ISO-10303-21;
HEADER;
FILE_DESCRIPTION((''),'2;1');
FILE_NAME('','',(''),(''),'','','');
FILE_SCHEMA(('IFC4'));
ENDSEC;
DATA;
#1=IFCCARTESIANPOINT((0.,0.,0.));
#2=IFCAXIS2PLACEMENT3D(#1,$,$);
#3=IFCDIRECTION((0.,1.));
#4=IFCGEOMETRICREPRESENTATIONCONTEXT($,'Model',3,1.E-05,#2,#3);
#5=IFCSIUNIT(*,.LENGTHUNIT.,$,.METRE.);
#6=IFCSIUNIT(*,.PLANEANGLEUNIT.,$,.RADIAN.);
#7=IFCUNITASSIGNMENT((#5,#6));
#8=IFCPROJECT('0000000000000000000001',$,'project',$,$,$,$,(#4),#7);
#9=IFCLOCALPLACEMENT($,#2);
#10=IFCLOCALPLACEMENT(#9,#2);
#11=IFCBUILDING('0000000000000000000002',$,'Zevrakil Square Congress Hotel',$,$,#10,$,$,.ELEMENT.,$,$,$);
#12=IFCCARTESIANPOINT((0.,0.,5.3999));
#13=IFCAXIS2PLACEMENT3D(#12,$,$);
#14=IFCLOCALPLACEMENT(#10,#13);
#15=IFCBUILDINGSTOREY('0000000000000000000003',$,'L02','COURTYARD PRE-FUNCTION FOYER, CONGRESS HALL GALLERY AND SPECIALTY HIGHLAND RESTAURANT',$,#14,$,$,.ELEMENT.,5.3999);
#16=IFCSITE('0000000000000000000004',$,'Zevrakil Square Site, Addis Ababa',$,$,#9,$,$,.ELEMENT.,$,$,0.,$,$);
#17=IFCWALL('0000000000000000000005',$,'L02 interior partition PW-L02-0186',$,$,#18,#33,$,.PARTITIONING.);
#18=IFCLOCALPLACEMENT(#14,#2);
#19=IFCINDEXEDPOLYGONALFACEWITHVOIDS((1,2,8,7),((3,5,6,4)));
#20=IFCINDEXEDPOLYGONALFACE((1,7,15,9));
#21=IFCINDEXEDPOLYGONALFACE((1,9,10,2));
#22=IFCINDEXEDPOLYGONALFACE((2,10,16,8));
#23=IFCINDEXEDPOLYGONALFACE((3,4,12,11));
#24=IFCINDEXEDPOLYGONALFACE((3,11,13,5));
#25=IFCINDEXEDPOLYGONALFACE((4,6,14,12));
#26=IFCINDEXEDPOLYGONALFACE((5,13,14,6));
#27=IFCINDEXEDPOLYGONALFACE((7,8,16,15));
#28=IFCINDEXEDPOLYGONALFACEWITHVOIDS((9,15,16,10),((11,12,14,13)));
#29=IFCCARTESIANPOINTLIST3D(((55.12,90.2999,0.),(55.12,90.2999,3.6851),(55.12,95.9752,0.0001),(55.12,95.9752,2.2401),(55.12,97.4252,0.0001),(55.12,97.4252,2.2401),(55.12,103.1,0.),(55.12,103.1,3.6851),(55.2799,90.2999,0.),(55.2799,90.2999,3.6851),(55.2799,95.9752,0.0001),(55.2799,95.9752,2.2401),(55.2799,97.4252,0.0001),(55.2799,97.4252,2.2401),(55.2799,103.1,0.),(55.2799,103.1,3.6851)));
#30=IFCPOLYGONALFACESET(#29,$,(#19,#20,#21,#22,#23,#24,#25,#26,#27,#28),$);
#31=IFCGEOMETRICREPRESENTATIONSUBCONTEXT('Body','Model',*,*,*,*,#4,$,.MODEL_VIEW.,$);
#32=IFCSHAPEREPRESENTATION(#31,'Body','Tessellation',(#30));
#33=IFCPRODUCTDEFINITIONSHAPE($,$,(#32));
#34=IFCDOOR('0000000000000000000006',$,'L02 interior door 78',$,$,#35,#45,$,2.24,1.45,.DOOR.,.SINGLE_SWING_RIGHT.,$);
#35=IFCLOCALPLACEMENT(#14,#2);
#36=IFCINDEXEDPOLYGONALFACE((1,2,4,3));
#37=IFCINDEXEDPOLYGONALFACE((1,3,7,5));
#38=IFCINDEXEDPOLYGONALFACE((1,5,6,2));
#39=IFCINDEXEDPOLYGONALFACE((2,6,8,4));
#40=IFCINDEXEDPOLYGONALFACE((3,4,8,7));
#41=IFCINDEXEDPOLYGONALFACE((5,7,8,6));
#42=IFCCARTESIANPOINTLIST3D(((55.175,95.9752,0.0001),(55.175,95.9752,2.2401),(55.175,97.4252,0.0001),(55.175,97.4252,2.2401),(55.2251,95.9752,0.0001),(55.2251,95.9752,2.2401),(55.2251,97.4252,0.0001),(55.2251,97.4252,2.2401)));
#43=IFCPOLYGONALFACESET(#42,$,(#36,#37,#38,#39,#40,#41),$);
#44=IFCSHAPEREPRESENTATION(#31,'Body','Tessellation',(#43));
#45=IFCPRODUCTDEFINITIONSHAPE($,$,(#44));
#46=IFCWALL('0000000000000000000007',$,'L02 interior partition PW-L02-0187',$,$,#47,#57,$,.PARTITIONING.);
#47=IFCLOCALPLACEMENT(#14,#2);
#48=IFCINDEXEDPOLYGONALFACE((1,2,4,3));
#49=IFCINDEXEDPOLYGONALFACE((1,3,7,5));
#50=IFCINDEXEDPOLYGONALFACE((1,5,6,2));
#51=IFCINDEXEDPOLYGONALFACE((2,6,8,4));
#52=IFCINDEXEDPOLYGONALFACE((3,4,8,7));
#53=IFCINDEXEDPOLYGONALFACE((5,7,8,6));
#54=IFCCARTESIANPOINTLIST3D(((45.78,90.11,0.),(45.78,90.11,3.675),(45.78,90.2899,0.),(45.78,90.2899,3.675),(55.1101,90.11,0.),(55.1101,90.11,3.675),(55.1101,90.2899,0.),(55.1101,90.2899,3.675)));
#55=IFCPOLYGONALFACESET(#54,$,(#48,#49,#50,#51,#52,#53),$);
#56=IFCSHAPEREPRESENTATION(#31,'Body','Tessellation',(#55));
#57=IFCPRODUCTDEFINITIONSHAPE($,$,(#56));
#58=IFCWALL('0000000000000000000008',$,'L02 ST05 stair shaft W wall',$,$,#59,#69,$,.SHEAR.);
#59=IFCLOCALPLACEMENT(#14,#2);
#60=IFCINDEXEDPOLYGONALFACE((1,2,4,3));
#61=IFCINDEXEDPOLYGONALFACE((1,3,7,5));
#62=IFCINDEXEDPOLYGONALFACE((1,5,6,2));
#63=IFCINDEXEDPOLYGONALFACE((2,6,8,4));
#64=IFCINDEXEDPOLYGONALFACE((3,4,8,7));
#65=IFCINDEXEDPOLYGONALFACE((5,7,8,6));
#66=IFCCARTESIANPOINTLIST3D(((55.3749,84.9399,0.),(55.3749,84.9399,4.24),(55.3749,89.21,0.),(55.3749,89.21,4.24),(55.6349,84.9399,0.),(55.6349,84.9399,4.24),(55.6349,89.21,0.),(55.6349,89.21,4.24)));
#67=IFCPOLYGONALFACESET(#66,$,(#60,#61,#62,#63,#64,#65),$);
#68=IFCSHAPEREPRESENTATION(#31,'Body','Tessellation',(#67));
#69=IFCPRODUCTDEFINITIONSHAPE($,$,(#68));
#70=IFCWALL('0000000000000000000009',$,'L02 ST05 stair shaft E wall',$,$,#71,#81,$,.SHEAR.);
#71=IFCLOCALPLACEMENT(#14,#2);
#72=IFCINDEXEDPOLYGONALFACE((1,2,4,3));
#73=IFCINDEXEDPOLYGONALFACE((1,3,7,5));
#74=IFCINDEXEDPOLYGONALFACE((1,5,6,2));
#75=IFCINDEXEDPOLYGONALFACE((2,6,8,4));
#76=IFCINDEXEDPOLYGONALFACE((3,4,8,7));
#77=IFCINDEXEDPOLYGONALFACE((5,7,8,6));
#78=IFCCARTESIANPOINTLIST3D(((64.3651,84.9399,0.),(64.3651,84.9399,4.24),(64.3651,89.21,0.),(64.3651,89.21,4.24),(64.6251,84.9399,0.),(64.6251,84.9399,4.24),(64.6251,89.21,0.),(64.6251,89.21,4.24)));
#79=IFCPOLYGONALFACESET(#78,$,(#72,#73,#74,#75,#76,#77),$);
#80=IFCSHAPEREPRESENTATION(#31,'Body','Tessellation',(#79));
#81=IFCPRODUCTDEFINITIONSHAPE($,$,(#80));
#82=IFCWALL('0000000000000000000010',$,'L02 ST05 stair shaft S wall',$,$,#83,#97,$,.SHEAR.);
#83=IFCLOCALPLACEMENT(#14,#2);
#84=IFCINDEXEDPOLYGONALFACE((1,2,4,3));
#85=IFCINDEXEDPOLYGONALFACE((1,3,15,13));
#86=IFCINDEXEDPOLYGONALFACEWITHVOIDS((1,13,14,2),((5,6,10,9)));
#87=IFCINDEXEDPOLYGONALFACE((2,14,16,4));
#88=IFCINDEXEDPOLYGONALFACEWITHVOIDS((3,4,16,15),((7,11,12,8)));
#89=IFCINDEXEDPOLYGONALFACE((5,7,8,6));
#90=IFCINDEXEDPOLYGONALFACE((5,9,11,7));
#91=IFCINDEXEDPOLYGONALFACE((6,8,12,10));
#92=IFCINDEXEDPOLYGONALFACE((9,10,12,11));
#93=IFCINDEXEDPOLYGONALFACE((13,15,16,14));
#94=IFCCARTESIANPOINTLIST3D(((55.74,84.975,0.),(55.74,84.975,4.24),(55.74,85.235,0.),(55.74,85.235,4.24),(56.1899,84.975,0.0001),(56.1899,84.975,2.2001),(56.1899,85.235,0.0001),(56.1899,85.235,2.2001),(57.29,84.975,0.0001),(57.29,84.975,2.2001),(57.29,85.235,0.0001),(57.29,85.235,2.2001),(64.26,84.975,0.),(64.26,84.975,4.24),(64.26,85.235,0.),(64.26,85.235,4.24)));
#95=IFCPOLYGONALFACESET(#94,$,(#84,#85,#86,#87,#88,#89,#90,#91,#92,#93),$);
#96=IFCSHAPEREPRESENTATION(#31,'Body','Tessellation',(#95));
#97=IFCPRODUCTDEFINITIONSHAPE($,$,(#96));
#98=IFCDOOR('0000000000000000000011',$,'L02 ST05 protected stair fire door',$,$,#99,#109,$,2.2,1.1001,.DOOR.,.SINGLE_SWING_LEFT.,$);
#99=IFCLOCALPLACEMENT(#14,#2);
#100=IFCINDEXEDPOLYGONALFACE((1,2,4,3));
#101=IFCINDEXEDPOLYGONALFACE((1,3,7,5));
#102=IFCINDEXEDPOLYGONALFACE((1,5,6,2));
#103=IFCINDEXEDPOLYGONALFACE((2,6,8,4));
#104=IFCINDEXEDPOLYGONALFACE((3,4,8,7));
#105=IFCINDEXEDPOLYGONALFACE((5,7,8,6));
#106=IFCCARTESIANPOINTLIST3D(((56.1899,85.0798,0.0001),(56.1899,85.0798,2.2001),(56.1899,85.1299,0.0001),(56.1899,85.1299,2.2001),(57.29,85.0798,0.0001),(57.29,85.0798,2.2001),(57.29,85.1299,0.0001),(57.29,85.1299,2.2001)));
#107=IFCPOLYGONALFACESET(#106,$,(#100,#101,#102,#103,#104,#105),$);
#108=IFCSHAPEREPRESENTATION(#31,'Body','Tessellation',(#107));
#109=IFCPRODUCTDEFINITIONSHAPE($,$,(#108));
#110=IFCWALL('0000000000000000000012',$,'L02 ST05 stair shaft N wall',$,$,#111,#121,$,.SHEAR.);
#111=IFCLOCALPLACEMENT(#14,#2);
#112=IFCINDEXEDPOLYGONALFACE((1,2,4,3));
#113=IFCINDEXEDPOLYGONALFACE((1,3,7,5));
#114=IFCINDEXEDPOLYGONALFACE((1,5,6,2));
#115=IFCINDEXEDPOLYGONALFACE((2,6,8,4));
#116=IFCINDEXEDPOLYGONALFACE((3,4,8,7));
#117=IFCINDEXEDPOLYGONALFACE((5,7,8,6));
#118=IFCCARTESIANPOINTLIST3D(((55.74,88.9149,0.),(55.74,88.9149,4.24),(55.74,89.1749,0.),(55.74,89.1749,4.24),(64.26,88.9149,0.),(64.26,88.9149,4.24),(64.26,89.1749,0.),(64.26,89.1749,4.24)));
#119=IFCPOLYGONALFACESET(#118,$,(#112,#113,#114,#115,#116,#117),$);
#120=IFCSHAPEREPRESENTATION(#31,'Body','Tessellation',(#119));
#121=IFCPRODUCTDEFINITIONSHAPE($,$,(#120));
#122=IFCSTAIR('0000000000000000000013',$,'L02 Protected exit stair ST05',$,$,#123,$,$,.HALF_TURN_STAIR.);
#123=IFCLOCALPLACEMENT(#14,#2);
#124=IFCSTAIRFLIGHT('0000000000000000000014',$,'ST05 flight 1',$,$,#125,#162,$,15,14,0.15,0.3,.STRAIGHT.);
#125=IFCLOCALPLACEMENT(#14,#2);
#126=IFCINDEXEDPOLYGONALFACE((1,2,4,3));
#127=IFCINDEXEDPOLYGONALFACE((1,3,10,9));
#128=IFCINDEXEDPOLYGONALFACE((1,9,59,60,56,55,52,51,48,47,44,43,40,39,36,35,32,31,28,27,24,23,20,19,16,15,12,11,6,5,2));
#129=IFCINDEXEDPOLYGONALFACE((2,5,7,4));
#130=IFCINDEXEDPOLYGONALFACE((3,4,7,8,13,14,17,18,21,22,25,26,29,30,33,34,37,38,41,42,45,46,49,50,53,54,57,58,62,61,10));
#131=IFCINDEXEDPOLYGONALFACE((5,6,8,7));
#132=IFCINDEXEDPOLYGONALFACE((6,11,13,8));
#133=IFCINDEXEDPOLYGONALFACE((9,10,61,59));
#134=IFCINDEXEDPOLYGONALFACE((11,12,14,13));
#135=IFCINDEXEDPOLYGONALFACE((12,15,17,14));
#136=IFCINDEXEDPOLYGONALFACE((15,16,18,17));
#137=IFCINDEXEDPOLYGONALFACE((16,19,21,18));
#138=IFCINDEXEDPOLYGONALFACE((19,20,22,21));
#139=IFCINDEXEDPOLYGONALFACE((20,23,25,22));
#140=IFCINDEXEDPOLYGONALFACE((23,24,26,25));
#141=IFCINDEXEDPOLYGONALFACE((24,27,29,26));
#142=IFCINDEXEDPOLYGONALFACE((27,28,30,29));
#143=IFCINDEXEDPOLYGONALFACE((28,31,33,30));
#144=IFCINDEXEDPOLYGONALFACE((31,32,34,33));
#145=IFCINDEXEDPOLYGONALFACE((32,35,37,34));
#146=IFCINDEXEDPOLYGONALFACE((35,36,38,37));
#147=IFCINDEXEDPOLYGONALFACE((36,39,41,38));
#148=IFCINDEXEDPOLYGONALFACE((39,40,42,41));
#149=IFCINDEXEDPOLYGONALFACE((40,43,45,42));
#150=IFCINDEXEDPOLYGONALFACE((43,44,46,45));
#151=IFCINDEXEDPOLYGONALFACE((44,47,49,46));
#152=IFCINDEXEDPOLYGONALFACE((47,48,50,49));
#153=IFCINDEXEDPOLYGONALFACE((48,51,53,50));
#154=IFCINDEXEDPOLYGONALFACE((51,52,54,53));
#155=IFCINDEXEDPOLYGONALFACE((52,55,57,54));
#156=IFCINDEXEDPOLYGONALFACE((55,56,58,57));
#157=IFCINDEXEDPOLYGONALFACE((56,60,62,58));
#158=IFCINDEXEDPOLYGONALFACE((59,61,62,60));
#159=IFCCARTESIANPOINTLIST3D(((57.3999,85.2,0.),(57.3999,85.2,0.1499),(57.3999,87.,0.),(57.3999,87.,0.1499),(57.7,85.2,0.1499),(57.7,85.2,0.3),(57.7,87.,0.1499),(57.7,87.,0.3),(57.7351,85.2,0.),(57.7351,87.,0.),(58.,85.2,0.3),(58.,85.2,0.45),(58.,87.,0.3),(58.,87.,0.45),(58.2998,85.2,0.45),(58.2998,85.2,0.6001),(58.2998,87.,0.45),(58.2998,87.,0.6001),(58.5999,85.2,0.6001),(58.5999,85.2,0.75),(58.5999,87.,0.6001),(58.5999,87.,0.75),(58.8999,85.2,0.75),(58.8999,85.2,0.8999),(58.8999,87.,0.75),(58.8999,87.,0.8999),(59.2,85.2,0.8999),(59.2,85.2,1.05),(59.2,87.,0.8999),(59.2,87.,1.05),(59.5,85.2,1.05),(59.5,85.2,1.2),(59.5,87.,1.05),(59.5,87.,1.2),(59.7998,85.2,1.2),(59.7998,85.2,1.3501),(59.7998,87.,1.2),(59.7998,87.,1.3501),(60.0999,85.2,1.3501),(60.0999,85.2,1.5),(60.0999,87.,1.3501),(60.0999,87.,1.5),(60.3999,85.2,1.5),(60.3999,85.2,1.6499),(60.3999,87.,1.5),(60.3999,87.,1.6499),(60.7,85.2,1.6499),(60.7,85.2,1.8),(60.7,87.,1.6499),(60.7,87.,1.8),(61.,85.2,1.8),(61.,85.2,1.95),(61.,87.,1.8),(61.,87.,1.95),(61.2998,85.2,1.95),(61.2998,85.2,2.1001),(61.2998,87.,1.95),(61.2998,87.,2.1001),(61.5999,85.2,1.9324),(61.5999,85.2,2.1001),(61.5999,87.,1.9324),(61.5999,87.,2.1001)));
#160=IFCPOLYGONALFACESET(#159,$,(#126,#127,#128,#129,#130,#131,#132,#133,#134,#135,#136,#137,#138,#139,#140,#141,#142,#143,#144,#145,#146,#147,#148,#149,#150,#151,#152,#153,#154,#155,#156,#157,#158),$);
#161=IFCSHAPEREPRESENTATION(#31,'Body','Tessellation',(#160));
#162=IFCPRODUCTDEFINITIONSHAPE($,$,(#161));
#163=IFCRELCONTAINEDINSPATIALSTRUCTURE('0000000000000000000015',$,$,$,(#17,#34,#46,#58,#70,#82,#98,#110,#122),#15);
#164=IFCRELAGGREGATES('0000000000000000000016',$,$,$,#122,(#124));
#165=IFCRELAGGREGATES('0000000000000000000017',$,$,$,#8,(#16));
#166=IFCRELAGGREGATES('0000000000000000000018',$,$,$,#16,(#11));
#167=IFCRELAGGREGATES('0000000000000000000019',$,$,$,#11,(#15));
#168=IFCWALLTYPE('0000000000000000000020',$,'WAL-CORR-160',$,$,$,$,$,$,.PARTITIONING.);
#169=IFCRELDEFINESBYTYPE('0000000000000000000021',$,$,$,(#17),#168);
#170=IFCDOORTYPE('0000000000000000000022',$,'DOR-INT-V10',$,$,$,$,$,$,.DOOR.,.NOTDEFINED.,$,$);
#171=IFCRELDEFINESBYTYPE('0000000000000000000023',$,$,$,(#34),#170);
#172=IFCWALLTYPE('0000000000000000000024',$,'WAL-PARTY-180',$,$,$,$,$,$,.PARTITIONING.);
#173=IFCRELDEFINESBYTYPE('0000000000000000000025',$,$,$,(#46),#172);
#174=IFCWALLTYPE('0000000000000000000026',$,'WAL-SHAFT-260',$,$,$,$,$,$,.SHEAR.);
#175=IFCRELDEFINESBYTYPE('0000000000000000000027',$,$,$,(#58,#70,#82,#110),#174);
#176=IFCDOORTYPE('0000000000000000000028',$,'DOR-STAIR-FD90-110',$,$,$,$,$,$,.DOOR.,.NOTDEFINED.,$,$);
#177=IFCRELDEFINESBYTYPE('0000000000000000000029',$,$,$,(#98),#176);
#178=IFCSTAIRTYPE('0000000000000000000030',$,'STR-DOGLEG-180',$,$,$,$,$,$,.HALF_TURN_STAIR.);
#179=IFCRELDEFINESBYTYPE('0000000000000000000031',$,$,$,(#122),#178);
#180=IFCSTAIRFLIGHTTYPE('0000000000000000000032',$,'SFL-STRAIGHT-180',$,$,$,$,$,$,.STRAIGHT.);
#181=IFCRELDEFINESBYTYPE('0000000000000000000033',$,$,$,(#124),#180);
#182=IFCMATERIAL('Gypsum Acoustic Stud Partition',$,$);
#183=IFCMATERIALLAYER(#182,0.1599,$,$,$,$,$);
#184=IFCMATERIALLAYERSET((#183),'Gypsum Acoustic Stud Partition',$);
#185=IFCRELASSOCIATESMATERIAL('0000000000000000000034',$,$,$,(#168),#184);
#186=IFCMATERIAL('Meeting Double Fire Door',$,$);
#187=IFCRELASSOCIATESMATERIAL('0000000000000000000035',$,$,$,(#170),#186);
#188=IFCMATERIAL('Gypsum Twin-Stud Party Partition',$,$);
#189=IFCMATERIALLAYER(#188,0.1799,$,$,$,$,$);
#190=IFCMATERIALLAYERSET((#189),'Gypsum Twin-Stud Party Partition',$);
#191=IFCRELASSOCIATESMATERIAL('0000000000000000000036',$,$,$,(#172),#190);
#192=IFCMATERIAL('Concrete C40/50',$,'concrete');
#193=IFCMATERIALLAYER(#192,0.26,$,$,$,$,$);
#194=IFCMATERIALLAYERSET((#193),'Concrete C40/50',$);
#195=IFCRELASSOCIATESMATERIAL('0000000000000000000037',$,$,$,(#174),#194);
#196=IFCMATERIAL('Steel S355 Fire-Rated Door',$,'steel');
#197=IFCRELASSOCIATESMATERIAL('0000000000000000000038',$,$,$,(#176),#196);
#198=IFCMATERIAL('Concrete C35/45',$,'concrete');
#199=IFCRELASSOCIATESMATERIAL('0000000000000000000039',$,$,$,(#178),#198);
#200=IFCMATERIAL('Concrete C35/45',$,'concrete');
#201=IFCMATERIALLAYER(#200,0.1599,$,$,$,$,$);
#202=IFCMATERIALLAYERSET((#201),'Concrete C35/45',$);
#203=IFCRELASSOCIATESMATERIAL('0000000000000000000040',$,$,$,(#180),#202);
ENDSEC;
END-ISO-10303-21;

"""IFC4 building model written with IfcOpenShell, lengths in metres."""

from ifc_helpers import new_model, si_unit, direction, frame, frame_2d, origin, place, context, subcontext, project, spatial, polyline, rectangle, outline, extrude, material, layer, layer_set, type_object, element, fill, aggregate, save


model = new_model("IFC4")

# Units and contexts
model_context = context("Model", 3, precision=1e-05, world=origin(), true_north=direction((0.0, 1.0)))
body_context = subcontext(model_context, "Body", "Model", "MODEL_VIEW")
ifc_project = project(units=[si_unit("LENGTHUNIT", "METRE"), si_unit("PLANEANGLEUNIT", "RADIAN")], contexts=[model_context])

# Site, building, storey
site_placement = place(None, origin())
site = spatial("IfcSite", under=ifc_project, at=site_placement, Name="Zevrakil Square Site, Addis Ababa", CompositionType="ELEMENT", RefElevation=0.0)
building_placement = place(site_placement, origin())
building = spatial("IfcBuilding", under=site, at=building_placement, Name="Zevrakil Square Congress Hotel", CompositionType="ELEMENT")
storey_placement = place(building_placement, frame((0.0, 0.0, 5.3999)))
storey = spatial("IfcBuildingStorey", under=building, at=storey_placement, Name="L02", Description="COURTYARD PRE-FUNCTION FOYER, CONGRESS HALL GALLERY AND SPECIALTY HIGHLAND RESTAURANT", CompositionType="ELEMENT", Elevation=5.3999)

# Wall, opening, door
ifc_material_1 = material(Name="Gypsum Acoustic Stud Partition")
ifc_layer_1 = layer(ifc_material_1, 0.1599)
ifc_layer_set_1 = layer_set([ifc_layer_1], Name="Gypsum Acoustic Stud Partition")
wall_type_1 = type_object("IfcWallType", Name="WAL-CORR-160", PredefinedType="PARTITIONING", material=ifc_layer_set_1)
wall_1_placement = place(storey_placement, frame((55.2, 90.3, 0.0), z_axis=(0.0, 0.0, 1.0), x_axis=(0.0, 1.0, 0.0)))
wall_1 = element("IfcWall", 1, at=wall_1_placement, inside=storey, type_object=wall_type_1, Name="L02 interior partition PW-L02-0186", PredefinedType="PARTITIONING", context=body_context, shape_type="SweptSolid", body=[
    extrude(rectangle(XDim=12.8, YDim=0.1599, at=frame_2d((6.3999, 0.0))), origin(), (0.0, 0.0, 1.0), 3.6851),
])
opening_1_placement = place(wall_1_placement, frame((5.675, 0.0, 0.0)))
opening_1 = element("IfcOpeningElement", 2, at=opening_1_placement, cuts=wall_1, PredefinedType="OPENING", context=body_context, shape_type="SweptSolid", body=[
    extrude(rectangle(XDim=1.45, YDim=2.24, at=frame_2d((0.7251, 1.1201))), frame((0.0, 0.0898, 0.0), z_axis=(0.0, -1.0, 0.0), x_axis=(1.0, 0.0, 0.0)), (0.0, 0.0, 1.0), 0.1799),
])
ifc_material_2 = material(Name="Meeting Double Fire Door")
door_type_1 = type_object("IfcDoorType", Name="DOR-INT-V10", OperationType="NOTDEFINED", PredefinedType="DOOR", material=ifc_material_2)
door_1_placement = place(opening_1_placement, origin())
door_1 = element("IfcDoor", 3, at=door_1_placement, inside=storey, type_object=door_type_1, Name="L02 interior door 78", OperationType="SINGLE_SWING_RIGHT", OverallHeight=2.24, OverallWidth=1.45, PredefinedType="DOOR", context=body_context, shape_type="SweptSolid", body=[
    extrude(rectangle(XDim=1.45, YDim=2.24, at=frame_2d((0.7251, 1.1201))), frame((0.0, 0.0249, 0.0), z_axis=(0.0, -1.0, 0.0), x_axis=(1.0, 0.0, 0.0)), (0.0, 0.0, 1.0), 0.05),
])
fill(opening_1, door_1)

# Walls
ifc_material_3 = material(Name="Gypsum Twin-Stud Party Partition")
ifc_layer_2 = layer(ifc_material_3, 0.1799)
ifc_layer_set_2 = layer_set([ifc_layer_2], Name="Gypsum Twin-Stud Party Partition")
wall_type_2 = type_object("IfcWallType", Name="WAL-PARTY-180", PredefinedType="PARTITIONING", material=ifc_layer_set_2)
wall_2_placement = place(storey_placement, frame((45.78, 90.2, 0.0), z_axis=(0.0, 0.0, 1.0), x_axis=(1.0, 0.0, 0.0)))
element("IfcWall", 4, at=wall_2_placement, inside=storey, type_object=wall_type_2, Name="L02 interior partition PW-L02-0187", PredefinedType="PARTITIONING", context=body_context, shape_type="SweptSolid", body=[
    extrude(rectangle(XDim=9.3301, YDim=0.1799, at=frame_2d((4.665, 0.0))), origin(), (0.0, 0.0, 1.0), 3.675),
])
ifc_material_4 = material(Name="Concrete C40/50", Category="concrete")
ifc_layer_3 = layer(ifc_material_4, 0.26)
ifc_layer_set_3 = layer_set([ifc_layer_3], Name="Concrete C40/50")
wall_type_3 = type_object("IfcWallType", Name="WAL-SHAFT-260", PredefinedType="SHEAR", material=ifc_layer_set_3)
for number, where, z_axis, x_axis, name in (
    (5, (55.5049, 84.9399, 0.0), (0.0, 0.0, 1.0), (0.0, 1.0, 0.0), "L02 ST05 stair shaft W wall"),
    (6, (64.4951, 84.9399, 0.0), (0.0, 0.0, 1.0), (0.0, 1.0, 0.0), "L02 ST05 stair shaft E wall"),
):
    element("IfcWall", number, at=place(storey_placement, frame(where, z_axis=z_axis, x_axis=x_axis)), inside=storey, type_object=wall_type_3, Name=name, PredefinedType="SHEAR", context=body_context, shape_type="SweptSolid", body=[
        extrude(rectangle(XDim=4.27, YDim=0.26, at=frame_2d((2.135, 0.0))), origin(), (0.0, 0.0, 1.0), 4.24),
    ])

# Wall, opening, door
wall_3_placement = place(storey_placement, frame((55.74, 85.105, 0.0), z_axis=(0.0, 0.0, 1.0), x_axis=(1.0, 0.0, 0.0)))
wall_3 = element("IfcWall", 7, at=wall_3_placement, inside=storey, type_object=wall_type_3, Name="L02 ST05 stair shaft S wall", PredefinedType="SHEAR", context=body_context, shape_type="SweptSolid", body=[
    extrude(rectangle(XDim=8.52, YDim=0.26, at=frame_2d((4.26, 0.0))), origin(), (0.0, 0.0, 1.0), 4.24),
])
opening_2_placement = place(wall_3_placement, frame((0.45, 0.0, 0.0)))
opening_2 = element("IfcOpeningElement", 8, at=opening_2_placement, cuts=wall_3, PredefinedType="OPENING", context=body_context, shape_type="SweptSolid", body=[
    extrude(rectangle(XDim=1.1001, YDim=2.2, at=frame_2d((0.55, 1.1001))), frame((0.0, 0.1401, 0.0), z_axis=(0.0, -1.0, 0.0), x_axis=(1.0, 0.0, 0.0)), (0.0, 0.0, 1.0), 0.28),
])
ifc_material_5 = material(Name="Steel S355 Fire-Rated Door", Category="steel")
door_type_2 = type_object("IfcDoorType", Name="DOR-STAIR-FD90-110", OperationType="NOTDEFINED", PredefinedType="DOOR", material=ifc_material_5)
door_2_placement = place(opening_2_placement, origin())
door_2 = element("IfcDoor", 9, at=door_2_placement, inside=storey, type_object=door_type_2, Name="L02 ST05 protected stair fire door", OperationType="SINGLE_SWING_LEFT", OverallHeight=2.2, OverallWidth=1.1001, PredefinedType="DOOR", context=body_context, shape_type="SweptSolid", body=[
    extrude(rectangle(XDim=1.1001, YDim=2.2, at=frame_2d((0.55, 1.1001))), frame((0.0, 0.0249, 0.0), z_axis=(0.0, -1.0, 0.0), x_axis=(1.0, 0.0, 0.0)), (0.0, 0.0, 1.0), 0.05),
])
fill(opening_2, door_2)

# Wall
wall_4_placement = place(storey_placement, frame((55.74, 89.0449, 0.0), z_axis=(0.0, 0.0, 1.0), x_axis=(1.0, 0.0, 0.0)))
element("IfcWall", 10, at=wall_4_placement, inside=storey, type_object=wall_type_3, Name="L02 ST05 stair shaft N wall", PredefinedType="SHEAR", context=body_context, shape_type="SweptSolid", body=[
    extrude(rectangle(XDim=8.52, YDim=0.26, at=frame_2d((4.26, 0.0))), origin(), (0.0, 0.0, 1.0), 4.24),
])

# Stair, stair flight
ifc_material_6 = material(Name="Concrete C35/45", Category="concrete")
stair_type = type_object("IfcStairType", Name="STR-DOGLEG-180", PredefinedType="HALF_TURN_STAIR", material=ifc_material_6)
stair_placement = place(storey_placement, origin())
stair = element("IfcStair", 11, at=stair_placement, inside=storey, type_object=stair_type, Name="L02 Protected exit stair ST05", PredefinedType="HALF_TURN_STAIR")
ifc_material_7 = material(Name="Concrete C35/45", Category="concrete")
ifc_layer_4 = layer(ifc_material_7, 0.1599)
ifc_layer_set_4 = layer_set([ifc_layer_4], Name="Concrete C35/45")
stair_flight_type = type_object("IfcStairFlightType", Name="SFL-STRAIGHT-180", PredefinedType="STRAIGHT", material=ifc_layer_set_4)
stair_flight_1_placement = place(storey_placement, frame((57.3999, 86.1001, 0.0), z_axis=(0.0, 0.0, 1.0), x_axis=(1.0, 0.0, 0.0)))
stair_flight_1 = element("IfcStairFlight", 12, at=stair_flight_1_placement, type_object=stair_flight_type, Name="ST05 flight 1", NumberOfRisers=15, NumberOfTreads=14, PredefinedType="STRAIGHT", RiserHeight=0.15, TreadLength=0.3, context=body_context, shape_type="SweptSolid", body=[
    extrude(outline(polyline([(0.0, 0.0), (0.0, 0.1499), (0.3, 0.1499), (0.3, 0.3), (0.6001, 0.3), (0.6001, 0.45), (0.8999, 0.45), (0.8999, 0.6001), (1.2, 0.6001), (1.2, 0.75), (1.5, 0.75), (1.5, 0.8999), (1.8, 0.8999), (1.8, 1.05), (2.1001, 1.05), (2.1001, 1.2), (2.3999, 1.2), (2.3999, 1.3501), (2.7, 1.3501), (2.7, 1.5), (3.0, 1.5), (3.0, 1.6499), (3.3, 1.6499), (3.3, 1.8), (3.6001, 1.8), (3.6001, 1.95), (3.8999, 1.95), (3.8999, 2.1001), (4.2, 2.1001), (4.2, 2.25), (4.2, 1.9324), (0.3352, 0.0), (0.0, 0.0)])), frame((0.0, 0.8999, 0.0), z_axis=(0.0, -1.0, 0.0), x_axis=(1.0, 0.0, 0.0)), (0.0, 0.0, 1.0), 1.8),
])
aggregate(stair, [stair_flight_1])

save(model, "model.ifc")
